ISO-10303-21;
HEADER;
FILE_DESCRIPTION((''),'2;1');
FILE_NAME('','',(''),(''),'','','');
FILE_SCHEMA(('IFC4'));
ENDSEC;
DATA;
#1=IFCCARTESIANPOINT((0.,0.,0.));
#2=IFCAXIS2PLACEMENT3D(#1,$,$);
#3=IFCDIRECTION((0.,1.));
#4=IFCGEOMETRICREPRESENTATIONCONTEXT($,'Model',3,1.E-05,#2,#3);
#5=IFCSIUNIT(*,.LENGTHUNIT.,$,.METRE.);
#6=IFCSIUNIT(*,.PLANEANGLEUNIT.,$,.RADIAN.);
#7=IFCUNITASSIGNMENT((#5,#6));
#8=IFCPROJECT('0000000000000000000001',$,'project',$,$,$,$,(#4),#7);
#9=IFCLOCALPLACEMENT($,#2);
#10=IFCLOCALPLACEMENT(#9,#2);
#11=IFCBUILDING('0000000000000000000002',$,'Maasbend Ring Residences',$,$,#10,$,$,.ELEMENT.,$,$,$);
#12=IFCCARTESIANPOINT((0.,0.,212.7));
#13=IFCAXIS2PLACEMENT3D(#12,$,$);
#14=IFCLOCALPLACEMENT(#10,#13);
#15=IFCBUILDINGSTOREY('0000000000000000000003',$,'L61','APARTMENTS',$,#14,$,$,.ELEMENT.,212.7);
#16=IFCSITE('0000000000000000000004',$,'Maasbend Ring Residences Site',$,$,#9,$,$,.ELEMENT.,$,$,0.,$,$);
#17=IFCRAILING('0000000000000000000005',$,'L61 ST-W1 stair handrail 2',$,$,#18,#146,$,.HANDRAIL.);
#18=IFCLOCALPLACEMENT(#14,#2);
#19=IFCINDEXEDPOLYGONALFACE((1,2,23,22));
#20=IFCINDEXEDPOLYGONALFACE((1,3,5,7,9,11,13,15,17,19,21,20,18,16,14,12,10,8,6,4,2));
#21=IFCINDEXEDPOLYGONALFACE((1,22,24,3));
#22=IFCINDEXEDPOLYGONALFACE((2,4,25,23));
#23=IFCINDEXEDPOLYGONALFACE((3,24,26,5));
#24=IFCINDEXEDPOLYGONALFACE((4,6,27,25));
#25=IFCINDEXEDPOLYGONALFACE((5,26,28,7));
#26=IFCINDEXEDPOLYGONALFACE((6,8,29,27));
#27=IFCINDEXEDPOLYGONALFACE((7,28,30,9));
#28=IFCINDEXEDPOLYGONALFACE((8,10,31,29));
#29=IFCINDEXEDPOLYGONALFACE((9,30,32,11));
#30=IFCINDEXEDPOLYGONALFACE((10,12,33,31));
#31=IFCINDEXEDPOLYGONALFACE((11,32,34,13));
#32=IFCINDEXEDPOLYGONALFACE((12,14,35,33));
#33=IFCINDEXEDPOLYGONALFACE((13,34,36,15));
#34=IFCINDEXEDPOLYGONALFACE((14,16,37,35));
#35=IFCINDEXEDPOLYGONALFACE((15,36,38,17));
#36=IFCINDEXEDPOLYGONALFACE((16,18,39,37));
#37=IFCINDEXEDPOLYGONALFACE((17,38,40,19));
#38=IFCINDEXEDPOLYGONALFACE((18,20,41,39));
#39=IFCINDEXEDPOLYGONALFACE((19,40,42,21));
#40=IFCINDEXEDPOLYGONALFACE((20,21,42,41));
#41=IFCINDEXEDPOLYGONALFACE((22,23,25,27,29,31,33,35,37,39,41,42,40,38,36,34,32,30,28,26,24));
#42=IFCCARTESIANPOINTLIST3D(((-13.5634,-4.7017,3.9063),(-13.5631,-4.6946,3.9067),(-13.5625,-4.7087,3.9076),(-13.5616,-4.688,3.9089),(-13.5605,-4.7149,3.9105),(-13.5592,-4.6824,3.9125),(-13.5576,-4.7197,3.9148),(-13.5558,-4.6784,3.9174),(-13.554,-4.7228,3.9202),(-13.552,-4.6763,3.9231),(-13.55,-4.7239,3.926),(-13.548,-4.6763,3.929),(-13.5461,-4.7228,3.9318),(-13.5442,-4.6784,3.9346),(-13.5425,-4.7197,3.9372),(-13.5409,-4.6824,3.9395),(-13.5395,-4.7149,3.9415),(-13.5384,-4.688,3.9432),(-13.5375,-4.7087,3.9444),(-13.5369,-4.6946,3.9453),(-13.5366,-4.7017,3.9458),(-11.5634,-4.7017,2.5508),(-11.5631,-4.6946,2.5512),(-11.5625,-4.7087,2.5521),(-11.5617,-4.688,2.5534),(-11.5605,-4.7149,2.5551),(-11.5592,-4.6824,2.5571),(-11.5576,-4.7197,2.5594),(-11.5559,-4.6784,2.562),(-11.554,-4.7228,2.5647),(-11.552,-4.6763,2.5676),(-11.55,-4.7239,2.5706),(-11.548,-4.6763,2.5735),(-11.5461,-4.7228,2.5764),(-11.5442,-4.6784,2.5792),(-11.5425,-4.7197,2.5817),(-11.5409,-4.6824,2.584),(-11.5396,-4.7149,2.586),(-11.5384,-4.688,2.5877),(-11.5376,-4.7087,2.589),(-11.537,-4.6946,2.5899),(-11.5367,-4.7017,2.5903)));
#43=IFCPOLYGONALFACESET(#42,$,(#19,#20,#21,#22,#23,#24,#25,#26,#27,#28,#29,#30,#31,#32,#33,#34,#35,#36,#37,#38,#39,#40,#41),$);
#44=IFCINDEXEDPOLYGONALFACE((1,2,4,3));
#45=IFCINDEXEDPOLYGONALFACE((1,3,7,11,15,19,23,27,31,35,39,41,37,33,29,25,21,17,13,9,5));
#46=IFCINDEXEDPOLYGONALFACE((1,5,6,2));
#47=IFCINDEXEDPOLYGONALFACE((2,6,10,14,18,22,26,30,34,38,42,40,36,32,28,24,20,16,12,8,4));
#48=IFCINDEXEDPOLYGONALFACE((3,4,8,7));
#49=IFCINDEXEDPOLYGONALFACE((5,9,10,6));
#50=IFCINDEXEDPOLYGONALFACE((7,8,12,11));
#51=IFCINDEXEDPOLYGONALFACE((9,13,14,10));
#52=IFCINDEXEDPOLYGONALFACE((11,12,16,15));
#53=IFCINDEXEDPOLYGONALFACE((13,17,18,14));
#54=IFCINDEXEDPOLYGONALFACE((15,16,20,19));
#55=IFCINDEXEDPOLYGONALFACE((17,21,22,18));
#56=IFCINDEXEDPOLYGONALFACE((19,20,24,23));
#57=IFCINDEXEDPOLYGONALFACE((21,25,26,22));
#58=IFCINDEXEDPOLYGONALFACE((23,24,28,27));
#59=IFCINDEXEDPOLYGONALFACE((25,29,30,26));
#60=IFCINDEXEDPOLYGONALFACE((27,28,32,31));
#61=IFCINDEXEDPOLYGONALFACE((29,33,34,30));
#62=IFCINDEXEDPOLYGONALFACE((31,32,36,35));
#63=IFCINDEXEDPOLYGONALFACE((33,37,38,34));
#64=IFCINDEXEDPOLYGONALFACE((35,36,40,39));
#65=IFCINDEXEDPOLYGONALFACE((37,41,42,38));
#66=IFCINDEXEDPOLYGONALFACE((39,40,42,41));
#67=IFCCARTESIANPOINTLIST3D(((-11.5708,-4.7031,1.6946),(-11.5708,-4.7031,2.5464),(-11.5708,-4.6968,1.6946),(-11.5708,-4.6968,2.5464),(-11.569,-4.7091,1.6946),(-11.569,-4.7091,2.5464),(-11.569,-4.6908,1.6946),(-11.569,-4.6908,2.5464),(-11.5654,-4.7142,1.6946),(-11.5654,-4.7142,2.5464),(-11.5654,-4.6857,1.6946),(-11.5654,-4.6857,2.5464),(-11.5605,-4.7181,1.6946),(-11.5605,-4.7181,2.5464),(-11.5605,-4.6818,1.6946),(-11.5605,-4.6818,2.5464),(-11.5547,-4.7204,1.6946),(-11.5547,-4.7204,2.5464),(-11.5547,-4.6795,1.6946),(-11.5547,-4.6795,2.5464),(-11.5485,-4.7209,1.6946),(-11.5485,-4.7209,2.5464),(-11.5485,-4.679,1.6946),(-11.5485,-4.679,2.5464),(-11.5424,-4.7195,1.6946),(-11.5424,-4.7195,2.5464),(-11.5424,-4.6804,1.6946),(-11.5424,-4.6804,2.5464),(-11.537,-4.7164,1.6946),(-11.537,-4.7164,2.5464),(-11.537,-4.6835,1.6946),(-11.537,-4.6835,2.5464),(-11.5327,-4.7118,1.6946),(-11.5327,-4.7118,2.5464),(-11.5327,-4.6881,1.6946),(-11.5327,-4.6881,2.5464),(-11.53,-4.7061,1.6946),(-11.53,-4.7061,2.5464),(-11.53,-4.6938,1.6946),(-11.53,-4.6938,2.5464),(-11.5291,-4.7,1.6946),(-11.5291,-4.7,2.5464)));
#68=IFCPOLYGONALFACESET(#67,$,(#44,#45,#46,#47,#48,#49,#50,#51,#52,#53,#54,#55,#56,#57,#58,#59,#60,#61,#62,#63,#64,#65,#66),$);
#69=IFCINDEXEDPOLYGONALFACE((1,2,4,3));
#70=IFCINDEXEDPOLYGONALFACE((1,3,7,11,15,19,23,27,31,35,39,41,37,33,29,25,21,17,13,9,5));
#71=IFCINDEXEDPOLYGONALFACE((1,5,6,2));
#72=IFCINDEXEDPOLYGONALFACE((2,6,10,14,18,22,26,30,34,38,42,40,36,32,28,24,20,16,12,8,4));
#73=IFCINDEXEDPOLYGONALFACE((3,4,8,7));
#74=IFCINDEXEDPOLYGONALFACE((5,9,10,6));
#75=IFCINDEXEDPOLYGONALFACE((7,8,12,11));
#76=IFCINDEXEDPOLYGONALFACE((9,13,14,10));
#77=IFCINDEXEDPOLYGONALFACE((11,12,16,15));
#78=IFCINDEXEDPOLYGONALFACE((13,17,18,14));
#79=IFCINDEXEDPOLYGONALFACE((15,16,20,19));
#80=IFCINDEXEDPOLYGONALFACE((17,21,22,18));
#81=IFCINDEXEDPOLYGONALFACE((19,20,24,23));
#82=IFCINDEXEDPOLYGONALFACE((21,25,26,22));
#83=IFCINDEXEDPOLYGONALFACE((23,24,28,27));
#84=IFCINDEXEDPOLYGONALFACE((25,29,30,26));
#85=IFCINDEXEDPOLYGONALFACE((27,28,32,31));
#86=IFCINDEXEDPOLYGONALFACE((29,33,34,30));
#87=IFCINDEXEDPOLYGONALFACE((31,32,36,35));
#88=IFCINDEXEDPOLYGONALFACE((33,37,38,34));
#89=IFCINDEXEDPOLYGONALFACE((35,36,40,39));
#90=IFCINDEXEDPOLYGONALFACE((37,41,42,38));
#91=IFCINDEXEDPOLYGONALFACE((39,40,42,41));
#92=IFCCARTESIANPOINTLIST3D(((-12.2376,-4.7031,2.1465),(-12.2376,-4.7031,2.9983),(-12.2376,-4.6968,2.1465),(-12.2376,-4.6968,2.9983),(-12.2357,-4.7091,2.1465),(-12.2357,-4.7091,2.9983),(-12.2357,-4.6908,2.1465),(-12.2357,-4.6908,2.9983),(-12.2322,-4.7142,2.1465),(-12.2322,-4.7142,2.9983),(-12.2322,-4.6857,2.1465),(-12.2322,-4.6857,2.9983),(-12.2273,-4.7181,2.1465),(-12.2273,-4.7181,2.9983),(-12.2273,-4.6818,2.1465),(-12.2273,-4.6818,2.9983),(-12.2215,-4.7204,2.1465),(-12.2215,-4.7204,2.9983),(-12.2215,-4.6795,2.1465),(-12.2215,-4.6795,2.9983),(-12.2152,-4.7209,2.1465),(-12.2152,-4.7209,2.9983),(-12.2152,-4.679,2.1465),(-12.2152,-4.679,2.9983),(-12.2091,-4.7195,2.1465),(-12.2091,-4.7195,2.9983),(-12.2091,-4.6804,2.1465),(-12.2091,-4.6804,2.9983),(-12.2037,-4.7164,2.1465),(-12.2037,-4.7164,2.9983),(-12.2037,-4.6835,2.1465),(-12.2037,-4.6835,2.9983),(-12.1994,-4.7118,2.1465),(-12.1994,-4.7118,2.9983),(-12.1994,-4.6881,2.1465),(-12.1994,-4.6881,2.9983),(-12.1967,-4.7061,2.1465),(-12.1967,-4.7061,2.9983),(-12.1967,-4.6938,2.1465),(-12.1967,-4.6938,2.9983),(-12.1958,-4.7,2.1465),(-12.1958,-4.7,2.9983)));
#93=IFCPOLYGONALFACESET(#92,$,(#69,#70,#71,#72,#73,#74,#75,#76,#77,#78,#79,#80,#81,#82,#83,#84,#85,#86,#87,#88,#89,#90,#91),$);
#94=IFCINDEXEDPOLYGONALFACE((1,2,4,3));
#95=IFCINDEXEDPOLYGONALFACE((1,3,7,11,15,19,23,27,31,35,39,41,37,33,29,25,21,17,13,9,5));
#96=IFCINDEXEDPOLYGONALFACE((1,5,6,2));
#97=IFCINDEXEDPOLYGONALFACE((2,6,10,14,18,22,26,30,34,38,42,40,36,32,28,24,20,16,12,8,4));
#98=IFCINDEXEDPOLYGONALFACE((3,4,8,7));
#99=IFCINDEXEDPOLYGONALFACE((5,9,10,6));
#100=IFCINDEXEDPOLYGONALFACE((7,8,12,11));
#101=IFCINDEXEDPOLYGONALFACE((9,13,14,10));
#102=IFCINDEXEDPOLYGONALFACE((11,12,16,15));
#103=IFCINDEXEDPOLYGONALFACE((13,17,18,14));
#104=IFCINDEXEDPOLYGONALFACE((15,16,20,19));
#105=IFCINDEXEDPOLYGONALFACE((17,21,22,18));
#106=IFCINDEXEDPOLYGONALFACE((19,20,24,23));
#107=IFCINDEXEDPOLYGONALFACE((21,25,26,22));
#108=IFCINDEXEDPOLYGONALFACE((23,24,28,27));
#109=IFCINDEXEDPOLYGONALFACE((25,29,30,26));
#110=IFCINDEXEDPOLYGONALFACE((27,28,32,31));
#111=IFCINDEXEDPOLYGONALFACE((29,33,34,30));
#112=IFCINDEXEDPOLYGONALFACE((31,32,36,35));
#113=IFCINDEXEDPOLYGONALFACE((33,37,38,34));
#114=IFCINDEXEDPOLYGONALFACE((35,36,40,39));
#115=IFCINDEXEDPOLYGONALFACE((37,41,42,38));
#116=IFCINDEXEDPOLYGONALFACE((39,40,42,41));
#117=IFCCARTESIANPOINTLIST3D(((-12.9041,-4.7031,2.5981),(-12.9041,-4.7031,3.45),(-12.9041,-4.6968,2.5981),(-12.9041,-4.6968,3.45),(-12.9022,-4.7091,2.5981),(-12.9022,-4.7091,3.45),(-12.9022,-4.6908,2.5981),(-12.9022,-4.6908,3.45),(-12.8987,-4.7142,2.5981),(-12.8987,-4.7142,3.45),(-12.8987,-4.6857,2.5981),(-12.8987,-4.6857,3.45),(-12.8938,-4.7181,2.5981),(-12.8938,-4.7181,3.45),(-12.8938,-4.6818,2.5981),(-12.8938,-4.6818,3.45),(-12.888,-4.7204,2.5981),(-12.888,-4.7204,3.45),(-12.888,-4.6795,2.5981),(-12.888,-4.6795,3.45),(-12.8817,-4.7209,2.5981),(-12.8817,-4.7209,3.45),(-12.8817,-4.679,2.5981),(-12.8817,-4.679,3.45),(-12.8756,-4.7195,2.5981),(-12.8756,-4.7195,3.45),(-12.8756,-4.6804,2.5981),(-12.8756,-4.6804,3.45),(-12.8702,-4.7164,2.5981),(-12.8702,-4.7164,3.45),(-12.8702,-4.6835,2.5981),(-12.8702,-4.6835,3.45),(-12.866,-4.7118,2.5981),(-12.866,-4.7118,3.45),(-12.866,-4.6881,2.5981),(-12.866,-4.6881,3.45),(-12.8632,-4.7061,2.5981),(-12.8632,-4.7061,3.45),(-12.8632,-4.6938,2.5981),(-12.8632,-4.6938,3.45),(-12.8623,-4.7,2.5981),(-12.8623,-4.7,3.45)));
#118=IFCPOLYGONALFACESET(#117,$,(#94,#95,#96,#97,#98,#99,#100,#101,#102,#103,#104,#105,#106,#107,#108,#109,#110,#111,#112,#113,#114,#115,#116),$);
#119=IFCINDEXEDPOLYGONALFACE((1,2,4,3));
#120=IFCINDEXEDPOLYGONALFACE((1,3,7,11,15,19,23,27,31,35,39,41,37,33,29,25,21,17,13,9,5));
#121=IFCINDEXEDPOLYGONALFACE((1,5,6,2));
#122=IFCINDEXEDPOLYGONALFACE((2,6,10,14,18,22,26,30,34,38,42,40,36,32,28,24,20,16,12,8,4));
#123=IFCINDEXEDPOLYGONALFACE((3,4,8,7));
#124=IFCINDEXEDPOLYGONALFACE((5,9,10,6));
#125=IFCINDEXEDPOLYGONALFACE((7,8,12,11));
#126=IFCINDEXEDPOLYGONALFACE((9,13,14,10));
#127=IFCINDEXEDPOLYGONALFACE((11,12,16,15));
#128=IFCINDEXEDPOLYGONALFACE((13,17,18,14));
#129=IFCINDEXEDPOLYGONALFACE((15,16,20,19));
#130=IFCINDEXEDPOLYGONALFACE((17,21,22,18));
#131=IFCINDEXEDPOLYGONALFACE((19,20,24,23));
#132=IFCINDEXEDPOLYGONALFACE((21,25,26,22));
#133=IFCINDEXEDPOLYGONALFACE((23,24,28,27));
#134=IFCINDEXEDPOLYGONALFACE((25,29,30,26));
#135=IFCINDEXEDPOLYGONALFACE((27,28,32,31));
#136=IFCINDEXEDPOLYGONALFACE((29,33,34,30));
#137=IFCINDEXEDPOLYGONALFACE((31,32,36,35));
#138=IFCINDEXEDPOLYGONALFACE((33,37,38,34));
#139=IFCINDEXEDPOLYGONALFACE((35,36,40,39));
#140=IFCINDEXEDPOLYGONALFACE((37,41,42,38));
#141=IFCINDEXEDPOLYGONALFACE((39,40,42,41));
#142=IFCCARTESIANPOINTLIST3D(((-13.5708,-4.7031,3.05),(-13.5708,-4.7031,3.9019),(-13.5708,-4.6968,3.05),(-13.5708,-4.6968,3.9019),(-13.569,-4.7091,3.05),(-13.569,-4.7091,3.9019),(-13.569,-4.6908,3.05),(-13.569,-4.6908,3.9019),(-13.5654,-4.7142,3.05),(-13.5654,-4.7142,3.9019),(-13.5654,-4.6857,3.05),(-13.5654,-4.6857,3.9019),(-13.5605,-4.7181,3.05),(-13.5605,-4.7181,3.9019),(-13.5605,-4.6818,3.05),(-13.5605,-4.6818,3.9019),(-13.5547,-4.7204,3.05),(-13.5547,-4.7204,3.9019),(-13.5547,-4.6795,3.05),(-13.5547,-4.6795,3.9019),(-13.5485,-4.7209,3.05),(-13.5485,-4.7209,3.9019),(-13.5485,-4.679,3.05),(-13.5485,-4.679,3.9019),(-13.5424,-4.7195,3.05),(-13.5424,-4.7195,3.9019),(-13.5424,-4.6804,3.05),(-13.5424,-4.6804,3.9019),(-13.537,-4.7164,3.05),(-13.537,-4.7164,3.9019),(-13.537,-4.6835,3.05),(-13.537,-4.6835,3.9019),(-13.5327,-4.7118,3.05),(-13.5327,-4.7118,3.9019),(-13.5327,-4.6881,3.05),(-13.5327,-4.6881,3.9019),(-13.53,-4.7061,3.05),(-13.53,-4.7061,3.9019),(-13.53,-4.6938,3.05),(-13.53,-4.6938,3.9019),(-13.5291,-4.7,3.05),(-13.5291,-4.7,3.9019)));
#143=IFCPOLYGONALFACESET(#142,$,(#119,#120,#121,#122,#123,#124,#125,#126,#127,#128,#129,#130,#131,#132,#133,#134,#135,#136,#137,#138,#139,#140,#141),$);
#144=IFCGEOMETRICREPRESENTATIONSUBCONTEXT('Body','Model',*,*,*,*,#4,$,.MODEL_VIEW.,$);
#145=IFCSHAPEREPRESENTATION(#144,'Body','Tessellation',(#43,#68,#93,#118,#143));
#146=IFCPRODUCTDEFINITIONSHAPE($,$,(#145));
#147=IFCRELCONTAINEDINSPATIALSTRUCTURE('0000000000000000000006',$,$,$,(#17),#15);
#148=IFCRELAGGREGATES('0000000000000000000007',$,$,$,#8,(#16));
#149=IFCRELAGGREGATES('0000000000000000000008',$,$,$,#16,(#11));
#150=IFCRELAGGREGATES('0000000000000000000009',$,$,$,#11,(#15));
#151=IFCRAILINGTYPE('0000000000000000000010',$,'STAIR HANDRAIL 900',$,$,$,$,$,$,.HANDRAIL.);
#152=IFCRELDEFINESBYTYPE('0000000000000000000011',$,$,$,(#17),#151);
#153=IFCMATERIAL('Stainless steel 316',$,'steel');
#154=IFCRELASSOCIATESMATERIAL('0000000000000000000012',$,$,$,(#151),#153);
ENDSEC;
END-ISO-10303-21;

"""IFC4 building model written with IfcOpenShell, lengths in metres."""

from ifc_helpers import new_model, si_unit, direction, frame, origin, origin_2d, place, context, subcontext, project, spatial, circle, extrude, material, type_object, element, save


model = new_model("IFC4")

# Units and contexts
model_context = context("Model", 3, precision=1e-05, world=origin(), true_north=direction((0.0, 1.0)))
body_context = subcontext(model_context, "Body", "Model", "MODEL_VIEW")
ifc_project = project(units=[si_unit("LENGTHUNIT", "METRE"), si_unit("PLANEANGLEUNIT", "RADIAN")], contexts=[model_context])

# Site, building, storey
site_placement = place(None, origin())
site = spatial("IfcSite", under=ifc_project, at=site_placement, Name="Maasbend Ring Residences Site", CompositionType="ELEMENT", RefElevation=0.0)
building_placement = place(site_placement, origin())
building = spatial("IfcBuilding", under=site, at=building_placement, Name="Maasbend Ring Residences", CompositionType="ELEMENT")
storey_placement = place(building_placement, frame((0.0, 0.0, 212.7)))
storey = spatial("IfcBuildingStorey", under=building, at=storey_placement, Name="L61", Description="APARTMENTS", CompositionType="ELEMENT", Elevation=212.7)

# Railing
ifc_material_1 = material(Name="Stainless steel 316", Category="steel")
railing_type_1 = type_object("IfcRailingType", Name="STAIR HANDRAIL 900", PredefinedType="HANDRAIL", material=ifc_material_1)
railing_1_placement = place(storey_placement, frame((-11.55, -4.7, 1.6946)))
element("IfcRailing", 1, at=railing_1_placement, inside=storey, type_object=railing_type_1, Name="L61 ST-W1 stair handrail 2", PredefinedType="HANDRAIL", context=body_context, shape_type="SweptSolid", body=[
    extrude(circle(Radius=0.0239, at=origin_2d()), frame((0.0, 0.0, 0.876), z_axis=(-0.827798, 0.0, 0.561027), x_axis=(0.0, -1.0, 0.0)), (0.0, 0.0, 1.0), 2.416),
    extrude(circle(Radius=0.021, at=origin_2d()), origin(), (0.0, 0.0, 1.0), 0.8518),
    extrude(circle(Radius=0.021, at=origin_2d()), frame((-0.6667, 0.0, 0.4519)), (0.0, 0.0, 1.0), 0.8518),
    extrude(circle(Radius=0.021, at=origin_2d()), frame((-1.3333, 0.0, 0.9036)), (0.0, 0.0, 1.0), 0.8518),
    extrude(circle(Radius=0.021, at=origin_2d()), frame((-2.0, 0.0, 1.3555)), (0.0, 0.0, 1.0), 0.8518),
])

save(model, "model.ifc")
